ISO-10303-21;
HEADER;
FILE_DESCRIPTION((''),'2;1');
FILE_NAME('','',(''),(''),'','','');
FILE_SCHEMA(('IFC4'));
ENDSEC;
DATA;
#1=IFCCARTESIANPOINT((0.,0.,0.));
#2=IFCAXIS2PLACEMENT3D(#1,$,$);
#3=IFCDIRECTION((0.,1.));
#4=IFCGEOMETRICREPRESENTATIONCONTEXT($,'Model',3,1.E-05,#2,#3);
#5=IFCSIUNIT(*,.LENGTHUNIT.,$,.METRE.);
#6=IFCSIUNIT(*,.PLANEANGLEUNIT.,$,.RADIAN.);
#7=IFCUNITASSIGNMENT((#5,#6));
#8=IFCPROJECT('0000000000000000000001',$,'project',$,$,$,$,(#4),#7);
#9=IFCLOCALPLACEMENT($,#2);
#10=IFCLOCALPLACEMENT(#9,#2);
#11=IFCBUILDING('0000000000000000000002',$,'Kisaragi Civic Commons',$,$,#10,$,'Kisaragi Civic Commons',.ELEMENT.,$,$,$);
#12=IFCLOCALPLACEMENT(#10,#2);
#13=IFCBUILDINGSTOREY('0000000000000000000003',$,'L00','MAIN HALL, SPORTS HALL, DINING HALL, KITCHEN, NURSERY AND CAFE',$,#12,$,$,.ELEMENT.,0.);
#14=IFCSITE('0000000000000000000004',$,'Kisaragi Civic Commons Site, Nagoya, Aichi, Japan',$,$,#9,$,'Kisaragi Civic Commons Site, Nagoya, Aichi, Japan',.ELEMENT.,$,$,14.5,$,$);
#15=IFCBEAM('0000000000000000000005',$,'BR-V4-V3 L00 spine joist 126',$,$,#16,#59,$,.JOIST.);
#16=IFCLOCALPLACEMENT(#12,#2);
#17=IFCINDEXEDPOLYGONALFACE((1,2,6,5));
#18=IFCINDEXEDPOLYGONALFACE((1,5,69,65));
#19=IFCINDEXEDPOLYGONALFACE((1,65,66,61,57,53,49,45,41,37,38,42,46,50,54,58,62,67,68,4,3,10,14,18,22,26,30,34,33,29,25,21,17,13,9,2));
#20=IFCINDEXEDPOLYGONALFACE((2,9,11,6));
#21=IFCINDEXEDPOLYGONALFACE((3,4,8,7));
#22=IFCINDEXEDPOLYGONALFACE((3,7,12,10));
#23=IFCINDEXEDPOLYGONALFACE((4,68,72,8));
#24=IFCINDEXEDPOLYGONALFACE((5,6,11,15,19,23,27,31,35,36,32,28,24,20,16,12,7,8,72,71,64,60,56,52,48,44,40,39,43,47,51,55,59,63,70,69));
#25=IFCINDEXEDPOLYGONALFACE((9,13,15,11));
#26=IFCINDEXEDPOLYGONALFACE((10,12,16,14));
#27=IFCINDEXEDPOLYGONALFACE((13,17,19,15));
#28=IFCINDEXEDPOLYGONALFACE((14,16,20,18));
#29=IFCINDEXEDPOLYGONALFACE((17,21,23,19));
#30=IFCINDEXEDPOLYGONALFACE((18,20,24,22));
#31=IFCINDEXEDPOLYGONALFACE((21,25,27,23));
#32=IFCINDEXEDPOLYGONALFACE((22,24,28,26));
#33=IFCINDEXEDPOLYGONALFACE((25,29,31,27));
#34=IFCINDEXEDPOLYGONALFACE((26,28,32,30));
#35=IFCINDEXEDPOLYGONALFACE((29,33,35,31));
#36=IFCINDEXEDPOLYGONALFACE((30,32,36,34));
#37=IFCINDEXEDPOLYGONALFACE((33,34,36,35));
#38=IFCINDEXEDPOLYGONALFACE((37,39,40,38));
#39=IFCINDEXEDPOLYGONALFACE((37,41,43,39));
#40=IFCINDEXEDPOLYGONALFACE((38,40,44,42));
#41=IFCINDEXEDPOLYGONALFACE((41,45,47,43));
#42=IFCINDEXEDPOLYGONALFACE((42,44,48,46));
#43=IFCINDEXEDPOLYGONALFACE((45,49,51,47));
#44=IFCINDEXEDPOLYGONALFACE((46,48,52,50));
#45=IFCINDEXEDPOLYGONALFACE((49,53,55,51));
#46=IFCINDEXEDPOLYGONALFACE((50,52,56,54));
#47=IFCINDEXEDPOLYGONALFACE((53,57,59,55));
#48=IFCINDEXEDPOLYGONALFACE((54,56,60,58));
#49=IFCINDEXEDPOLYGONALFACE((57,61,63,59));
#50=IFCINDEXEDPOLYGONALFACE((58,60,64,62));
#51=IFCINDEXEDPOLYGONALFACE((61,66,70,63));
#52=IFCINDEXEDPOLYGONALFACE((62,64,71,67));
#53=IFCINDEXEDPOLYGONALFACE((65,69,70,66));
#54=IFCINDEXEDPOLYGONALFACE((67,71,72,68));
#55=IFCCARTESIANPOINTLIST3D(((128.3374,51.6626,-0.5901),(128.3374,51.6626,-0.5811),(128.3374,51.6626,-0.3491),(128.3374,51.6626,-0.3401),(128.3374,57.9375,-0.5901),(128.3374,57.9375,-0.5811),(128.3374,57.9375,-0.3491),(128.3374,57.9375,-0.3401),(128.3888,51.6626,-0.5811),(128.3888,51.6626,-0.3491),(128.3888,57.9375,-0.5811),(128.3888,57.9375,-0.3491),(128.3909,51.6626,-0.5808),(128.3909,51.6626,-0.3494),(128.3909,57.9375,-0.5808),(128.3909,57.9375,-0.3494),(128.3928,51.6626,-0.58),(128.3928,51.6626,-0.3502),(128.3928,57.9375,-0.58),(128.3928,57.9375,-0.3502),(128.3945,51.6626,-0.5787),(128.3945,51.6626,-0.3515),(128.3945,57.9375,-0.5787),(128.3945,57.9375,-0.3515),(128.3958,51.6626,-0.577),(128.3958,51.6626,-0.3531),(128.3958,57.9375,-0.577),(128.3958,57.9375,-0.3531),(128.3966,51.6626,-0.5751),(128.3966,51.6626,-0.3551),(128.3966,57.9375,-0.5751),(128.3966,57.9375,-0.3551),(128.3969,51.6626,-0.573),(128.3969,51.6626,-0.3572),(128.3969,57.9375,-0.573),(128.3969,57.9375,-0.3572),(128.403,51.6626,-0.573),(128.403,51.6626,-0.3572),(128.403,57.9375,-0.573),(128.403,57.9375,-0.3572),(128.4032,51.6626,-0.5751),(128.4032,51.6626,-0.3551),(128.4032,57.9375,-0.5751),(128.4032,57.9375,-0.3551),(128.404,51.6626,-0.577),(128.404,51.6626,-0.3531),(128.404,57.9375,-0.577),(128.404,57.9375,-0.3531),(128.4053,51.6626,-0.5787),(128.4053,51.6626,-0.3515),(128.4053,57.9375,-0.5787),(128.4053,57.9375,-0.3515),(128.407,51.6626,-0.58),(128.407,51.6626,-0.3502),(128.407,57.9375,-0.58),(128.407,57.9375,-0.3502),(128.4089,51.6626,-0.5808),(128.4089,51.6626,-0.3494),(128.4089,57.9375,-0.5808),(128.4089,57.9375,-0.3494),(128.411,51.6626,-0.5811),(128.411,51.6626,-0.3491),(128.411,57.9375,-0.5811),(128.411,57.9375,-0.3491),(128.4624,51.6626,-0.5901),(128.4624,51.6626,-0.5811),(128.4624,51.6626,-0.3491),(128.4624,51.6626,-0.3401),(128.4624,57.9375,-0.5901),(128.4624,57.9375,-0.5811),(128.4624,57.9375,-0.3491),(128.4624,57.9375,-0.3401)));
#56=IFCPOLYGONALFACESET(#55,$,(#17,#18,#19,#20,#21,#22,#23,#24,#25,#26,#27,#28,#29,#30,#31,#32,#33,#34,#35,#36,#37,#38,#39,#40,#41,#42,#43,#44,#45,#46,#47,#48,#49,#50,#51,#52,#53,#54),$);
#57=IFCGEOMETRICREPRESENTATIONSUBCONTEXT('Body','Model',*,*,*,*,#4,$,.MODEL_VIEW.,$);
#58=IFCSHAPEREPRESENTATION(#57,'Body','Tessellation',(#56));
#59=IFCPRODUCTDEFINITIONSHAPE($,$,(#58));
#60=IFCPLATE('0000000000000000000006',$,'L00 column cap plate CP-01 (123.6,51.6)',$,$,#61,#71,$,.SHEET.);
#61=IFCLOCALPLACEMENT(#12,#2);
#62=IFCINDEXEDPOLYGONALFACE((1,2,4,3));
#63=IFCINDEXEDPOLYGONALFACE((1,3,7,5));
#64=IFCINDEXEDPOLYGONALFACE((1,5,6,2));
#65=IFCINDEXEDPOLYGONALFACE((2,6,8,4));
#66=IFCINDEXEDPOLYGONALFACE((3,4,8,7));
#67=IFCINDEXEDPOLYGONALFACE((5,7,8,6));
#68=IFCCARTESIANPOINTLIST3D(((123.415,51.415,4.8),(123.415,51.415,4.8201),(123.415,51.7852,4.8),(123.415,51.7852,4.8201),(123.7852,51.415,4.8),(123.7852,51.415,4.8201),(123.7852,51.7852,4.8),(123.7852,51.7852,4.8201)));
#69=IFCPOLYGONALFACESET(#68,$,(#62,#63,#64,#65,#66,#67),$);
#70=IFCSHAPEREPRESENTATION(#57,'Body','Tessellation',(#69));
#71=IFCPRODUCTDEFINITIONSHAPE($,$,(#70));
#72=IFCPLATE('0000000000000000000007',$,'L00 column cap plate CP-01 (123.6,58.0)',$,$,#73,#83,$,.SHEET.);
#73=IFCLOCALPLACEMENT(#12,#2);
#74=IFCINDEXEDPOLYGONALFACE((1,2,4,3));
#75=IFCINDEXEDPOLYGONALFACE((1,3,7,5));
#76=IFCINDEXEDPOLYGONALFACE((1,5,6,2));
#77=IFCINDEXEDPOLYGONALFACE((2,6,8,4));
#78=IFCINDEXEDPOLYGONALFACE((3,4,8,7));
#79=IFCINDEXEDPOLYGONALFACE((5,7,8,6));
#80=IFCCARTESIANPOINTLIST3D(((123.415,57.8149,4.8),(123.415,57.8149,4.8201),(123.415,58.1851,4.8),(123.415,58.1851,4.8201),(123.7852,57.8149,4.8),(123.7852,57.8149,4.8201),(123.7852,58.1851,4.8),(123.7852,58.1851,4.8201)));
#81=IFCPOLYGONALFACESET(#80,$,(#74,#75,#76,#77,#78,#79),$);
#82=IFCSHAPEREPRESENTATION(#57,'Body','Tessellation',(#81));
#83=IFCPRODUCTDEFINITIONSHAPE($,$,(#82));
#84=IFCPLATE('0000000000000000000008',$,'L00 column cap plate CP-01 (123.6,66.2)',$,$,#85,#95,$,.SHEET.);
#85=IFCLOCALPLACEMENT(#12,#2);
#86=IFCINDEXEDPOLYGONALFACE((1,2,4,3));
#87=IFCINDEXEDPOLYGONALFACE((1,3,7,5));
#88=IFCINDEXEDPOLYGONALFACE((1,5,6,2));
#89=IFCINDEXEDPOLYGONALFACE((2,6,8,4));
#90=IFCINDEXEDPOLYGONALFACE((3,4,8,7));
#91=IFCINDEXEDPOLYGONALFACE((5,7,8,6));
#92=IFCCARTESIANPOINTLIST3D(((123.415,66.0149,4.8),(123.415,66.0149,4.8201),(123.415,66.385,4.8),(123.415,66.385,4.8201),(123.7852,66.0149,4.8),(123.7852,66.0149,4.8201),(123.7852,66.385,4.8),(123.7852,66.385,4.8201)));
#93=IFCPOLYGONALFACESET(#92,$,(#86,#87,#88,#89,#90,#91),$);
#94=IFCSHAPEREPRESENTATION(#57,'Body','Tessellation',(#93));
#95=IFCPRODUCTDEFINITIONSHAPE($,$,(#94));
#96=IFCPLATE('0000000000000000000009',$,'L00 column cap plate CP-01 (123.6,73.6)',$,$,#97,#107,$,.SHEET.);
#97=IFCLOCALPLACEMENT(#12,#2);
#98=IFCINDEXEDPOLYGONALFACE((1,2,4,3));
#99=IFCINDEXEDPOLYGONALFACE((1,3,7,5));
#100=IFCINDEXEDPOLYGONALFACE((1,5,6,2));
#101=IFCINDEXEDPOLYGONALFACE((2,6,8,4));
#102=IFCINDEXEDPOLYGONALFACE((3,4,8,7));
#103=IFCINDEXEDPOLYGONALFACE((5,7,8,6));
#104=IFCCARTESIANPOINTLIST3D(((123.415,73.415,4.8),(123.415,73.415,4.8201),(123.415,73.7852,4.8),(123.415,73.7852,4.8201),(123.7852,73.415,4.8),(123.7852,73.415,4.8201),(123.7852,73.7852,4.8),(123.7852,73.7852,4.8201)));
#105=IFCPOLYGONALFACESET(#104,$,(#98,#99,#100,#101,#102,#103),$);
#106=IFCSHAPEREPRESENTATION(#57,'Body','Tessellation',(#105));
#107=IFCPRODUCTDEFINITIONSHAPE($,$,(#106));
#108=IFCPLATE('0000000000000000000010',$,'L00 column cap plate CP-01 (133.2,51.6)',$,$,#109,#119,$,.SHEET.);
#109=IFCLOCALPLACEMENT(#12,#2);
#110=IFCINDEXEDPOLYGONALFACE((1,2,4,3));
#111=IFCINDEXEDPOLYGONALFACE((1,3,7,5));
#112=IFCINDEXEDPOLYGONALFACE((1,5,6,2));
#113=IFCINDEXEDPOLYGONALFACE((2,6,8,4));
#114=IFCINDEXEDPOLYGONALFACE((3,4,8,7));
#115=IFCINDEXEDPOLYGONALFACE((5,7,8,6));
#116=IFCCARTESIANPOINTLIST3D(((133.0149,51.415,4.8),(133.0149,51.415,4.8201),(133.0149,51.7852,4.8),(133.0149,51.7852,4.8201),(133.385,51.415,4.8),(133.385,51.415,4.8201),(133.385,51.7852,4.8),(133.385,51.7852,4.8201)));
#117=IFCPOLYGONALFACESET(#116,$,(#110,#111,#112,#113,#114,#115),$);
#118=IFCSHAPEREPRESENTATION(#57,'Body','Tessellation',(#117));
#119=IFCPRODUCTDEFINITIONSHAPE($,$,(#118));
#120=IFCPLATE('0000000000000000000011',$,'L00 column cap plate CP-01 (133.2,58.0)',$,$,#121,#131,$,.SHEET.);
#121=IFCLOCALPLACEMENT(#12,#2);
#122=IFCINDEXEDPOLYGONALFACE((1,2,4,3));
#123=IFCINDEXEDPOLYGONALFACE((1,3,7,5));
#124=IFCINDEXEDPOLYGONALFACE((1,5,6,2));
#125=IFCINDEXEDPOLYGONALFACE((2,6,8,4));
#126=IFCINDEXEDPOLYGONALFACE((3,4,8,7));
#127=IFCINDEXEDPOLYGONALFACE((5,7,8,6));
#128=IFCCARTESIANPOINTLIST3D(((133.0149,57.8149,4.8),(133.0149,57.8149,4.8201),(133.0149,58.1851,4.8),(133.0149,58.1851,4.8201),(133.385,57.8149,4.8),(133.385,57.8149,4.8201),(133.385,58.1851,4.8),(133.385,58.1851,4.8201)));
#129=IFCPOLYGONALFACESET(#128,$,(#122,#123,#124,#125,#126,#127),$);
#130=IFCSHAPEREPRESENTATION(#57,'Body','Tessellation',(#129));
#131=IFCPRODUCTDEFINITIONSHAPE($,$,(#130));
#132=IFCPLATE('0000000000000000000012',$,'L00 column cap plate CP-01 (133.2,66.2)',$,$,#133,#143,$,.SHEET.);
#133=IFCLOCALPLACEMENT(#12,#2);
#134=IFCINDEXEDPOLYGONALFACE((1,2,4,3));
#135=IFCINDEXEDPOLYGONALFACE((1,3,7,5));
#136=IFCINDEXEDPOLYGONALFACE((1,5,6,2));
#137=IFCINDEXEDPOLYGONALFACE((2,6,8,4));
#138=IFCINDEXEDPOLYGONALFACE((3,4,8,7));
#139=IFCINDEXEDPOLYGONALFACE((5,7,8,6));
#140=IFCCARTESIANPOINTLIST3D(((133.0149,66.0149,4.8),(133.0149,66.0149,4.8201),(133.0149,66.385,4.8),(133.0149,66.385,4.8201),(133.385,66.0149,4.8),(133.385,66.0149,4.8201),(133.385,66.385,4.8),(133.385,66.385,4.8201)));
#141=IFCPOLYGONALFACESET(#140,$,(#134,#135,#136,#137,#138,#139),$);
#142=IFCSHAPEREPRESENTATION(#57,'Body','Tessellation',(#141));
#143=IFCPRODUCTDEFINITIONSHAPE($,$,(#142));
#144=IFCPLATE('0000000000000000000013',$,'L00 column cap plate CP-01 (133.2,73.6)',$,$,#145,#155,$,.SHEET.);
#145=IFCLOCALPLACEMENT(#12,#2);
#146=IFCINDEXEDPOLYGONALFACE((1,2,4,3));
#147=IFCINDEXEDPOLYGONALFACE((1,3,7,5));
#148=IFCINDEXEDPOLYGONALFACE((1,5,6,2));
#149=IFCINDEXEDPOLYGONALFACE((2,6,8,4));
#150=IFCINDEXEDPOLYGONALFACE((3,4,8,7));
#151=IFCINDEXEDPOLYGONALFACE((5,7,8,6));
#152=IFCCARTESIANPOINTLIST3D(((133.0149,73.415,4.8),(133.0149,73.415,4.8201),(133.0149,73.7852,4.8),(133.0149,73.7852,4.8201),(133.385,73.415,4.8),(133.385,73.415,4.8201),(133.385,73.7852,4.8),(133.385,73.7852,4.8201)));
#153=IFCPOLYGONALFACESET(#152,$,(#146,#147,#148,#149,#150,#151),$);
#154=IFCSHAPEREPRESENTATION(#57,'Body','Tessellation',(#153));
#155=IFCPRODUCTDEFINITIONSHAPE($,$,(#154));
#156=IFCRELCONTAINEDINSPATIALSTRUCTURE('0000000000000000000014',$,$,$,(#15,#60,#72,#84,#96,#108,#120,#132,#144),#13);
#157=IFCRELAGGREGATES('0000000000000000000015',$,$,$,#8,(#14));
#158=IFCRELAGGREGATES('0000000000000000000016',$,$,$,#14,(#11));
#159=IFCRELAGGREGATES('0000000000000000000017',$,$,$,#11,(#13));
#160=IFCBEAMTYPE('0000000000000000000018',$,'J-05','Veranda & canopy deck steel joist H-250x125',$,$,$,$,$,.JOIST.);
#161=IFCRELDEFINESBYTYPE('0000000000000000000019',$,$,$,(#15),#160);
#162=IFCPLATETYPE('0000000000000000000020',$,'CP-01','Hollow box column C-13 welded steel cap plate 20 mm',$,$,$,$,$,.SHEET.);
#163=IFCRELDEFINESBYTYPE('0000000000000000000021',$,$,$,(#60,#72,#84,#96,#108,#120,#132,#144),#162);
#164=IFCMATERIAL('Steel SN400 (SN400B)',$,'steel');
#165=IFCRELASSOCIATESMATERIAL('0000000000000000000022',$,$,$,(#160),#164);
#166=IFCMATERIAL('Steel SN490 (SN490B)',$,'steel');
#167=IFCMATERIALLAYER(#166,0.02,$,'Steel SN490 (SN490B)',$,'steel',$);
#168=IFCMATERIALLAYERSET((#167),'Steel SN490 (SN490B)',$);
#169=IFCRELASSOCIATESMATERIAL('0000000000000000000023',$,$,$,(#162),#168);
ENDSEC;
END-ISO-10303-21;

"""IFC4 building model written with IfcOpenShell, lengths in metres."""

from ifc_helpers import new_model, si_unit, direction, frame, origin, origin_2d, place, context, subcontext, project, spatial, rectangle, i_section, extrude, material, layer, layer_set, material_profile, profile_set, type_object, element, save


model = new_model("IFC4")

# Units and contexts
model_context = context("Model", 3, precision=1e-05, world=origin(), true_north=direction((0.0, 1.0)))
body_context = subcontext(model_context, "Body", "Model", "MODEL_VIEW")
ifc_project = project(units=[si_unit("LENGTHUNIT", "METRE"), si_unit("PLANEANGLEUNIT", "RADIAN")], contexts=[model_context])

# Site, building, storey
site_placement = place(None, origin())
site = spatial("IfcSite", under=ifc_project, at=site_placement, Name="Kisaragi Civic Commons Site, Nagoya, Aichi, Japan", LongName="Kisaragi Civic Commons Site, Nagoya, Aichi, Japan", CompositionType="ELEMENT", RefElevation=14.5)
building_placement = place(site_placement, origin())
building = spatial("IfcBuilding", under=site, at=building_placement, Name="Kisaragi Civic Commons", LongName="Kisaragi Civic Commons", CompositionType="ELEMENT")
storey_placement = place(building_placement, origin())
storey = spatial("IfcBuildingStorey", under=building, at=storey_placement, Name="L00", Description="MAIN HALL, SPORTS HALL, DINING HALL, KITCHEN, NURSERY AND CAFE", CompositionType="ELEMENT", Elevation=0.0)

# Beam
ifc_material_1 = material(Name="Steel SN490 (SN490B)", Category="steel")
ifc_material_2 = material(Name="Steel SN400 (SN400B)", Category="steel")
ifc_material_profile_1 = material_profile(ifc_material_2, i_section(OverallWidth=0.125, OverallDepth=0.25, WebThickness=0.0061, FlangeThickness=0.009, FilletRadius=0.0081, at=origin_2d()), Name="H-250x125x6x9", Category="steel")
ifc_profile_set_1 = profile_set([ifc_material_profile_1], Name="Steel SN400 (SN400B)")
beam_type_1 = type_object("IfcBeamType", Name="J-05", Description="Veranda & canopy deck steel joist H-250x125", PredefinedType="JOIST", material=ifc_profile_set_1)
beam_1_placement = place(storey_placement, frame((128.3999, 57.9375, -0.4651), z_axis=(0.0, -1.0, 0.0), x_axis=(1.0, 0.0, 0.0)))
element("IfcBeam", 1, at=beam_1_placement, inside=storey, type_object=beam_type_1, Name="BR-V4-V3 L00 spine joist 126", PredefinedType="JOIST", context=body_context, shape_type="SweptSolid", body=[
    extrude(i_section(OverallWidth=0.125, OverallDepth=0.25, WebThickness=0.0061, FlangeThickness=0.009, FilletRadius=0.0081, at=origin_2d()), origin(), (0.0, 0.0, 1.0), 6.2749),
])

# Plates
ifc_layer = layer(ifc_material_1, 0.02, Name="Steel SN490 (SN490B)", Category="steel")
ifc_layer_set = layer_set([ifc_layer], Name="Steel SN490 (SN490B)")
plate_type = type_object("IfcPlateType", Name="CP-01", Description="Hollow box column C-13 welded steel cap plate 20 mm", PredefinedType="SHEET", material=ifc_layer_set)
for number, where, z_axis, x_axis, name in (
    (2, (123.6001, 51.6001, 4.8), (0.0, 0.0, 1.0), (1.0, 0.0, 0.0), "L00 column cap plate CP-01 (123.6,51.6)"),
    (3, (123.6001, 58.0, 4.8), (0.0, 0.0, 1.0), (1.0, 0.0, 0.0), "L00 column cap plate CP-01 (123.6,58.0)"),
    (4, (123.6001, 66.2, 4.8), (0.0, 0.0, 1.0), (1.0, 0.0, 0.0), "L00 column cap plate CP-01 (123.6,66.2)"),
    (5, (123.6001, 73.6001, 4.8), (0.0, 0.0, 1.0), (1.0, 0.0, 0.0), "L00 column cap plate CP-01 (123.6,73.6)"),
    (6, (133.2, 51.6001, 4.8), (0.0, 0.0, 1.0), (1.0, 0.0, 0.0), "L00 column cap plate CP-01 (133.2,51.6)"),
    (7, (133.2, 58.0, 4.8), (0.0, 0.0, 1.0), (1.0, 0.0, 0.0), "L00 column cap plate CP-01 (133.2,58.0)"),
    (8, (133.2, 66.2, 4.8), (0.0, 0.0, 1.0), (1.0, 0.0, 0.0), "L00 column cap plate CP-01 (133.2,66.2)"),
    (9, (133.2, 73.6001, 4.8), (0.0, 0.0, 1.0), (1.0, 0.0, 0.0), "L00 column cap plate CP-01 (133.2,73.6)"),
):
    element("IfcPlate", number, at=place(storey_placement, frame(where, z_axis=z_axis, x_axis=x_axis)), inside=storey, type_object=plate_type, Name=name, PredefinedType="SHEET", context=body_context, shape_type="SweptSolid", body=[
        extrude(rectangle(XDim=0.3701, YDim=0.3701, at=origin_2d()), origin(), (0.0, 0.0, 1.0), 0.02),
    ])

save(model, "model.ifc")
